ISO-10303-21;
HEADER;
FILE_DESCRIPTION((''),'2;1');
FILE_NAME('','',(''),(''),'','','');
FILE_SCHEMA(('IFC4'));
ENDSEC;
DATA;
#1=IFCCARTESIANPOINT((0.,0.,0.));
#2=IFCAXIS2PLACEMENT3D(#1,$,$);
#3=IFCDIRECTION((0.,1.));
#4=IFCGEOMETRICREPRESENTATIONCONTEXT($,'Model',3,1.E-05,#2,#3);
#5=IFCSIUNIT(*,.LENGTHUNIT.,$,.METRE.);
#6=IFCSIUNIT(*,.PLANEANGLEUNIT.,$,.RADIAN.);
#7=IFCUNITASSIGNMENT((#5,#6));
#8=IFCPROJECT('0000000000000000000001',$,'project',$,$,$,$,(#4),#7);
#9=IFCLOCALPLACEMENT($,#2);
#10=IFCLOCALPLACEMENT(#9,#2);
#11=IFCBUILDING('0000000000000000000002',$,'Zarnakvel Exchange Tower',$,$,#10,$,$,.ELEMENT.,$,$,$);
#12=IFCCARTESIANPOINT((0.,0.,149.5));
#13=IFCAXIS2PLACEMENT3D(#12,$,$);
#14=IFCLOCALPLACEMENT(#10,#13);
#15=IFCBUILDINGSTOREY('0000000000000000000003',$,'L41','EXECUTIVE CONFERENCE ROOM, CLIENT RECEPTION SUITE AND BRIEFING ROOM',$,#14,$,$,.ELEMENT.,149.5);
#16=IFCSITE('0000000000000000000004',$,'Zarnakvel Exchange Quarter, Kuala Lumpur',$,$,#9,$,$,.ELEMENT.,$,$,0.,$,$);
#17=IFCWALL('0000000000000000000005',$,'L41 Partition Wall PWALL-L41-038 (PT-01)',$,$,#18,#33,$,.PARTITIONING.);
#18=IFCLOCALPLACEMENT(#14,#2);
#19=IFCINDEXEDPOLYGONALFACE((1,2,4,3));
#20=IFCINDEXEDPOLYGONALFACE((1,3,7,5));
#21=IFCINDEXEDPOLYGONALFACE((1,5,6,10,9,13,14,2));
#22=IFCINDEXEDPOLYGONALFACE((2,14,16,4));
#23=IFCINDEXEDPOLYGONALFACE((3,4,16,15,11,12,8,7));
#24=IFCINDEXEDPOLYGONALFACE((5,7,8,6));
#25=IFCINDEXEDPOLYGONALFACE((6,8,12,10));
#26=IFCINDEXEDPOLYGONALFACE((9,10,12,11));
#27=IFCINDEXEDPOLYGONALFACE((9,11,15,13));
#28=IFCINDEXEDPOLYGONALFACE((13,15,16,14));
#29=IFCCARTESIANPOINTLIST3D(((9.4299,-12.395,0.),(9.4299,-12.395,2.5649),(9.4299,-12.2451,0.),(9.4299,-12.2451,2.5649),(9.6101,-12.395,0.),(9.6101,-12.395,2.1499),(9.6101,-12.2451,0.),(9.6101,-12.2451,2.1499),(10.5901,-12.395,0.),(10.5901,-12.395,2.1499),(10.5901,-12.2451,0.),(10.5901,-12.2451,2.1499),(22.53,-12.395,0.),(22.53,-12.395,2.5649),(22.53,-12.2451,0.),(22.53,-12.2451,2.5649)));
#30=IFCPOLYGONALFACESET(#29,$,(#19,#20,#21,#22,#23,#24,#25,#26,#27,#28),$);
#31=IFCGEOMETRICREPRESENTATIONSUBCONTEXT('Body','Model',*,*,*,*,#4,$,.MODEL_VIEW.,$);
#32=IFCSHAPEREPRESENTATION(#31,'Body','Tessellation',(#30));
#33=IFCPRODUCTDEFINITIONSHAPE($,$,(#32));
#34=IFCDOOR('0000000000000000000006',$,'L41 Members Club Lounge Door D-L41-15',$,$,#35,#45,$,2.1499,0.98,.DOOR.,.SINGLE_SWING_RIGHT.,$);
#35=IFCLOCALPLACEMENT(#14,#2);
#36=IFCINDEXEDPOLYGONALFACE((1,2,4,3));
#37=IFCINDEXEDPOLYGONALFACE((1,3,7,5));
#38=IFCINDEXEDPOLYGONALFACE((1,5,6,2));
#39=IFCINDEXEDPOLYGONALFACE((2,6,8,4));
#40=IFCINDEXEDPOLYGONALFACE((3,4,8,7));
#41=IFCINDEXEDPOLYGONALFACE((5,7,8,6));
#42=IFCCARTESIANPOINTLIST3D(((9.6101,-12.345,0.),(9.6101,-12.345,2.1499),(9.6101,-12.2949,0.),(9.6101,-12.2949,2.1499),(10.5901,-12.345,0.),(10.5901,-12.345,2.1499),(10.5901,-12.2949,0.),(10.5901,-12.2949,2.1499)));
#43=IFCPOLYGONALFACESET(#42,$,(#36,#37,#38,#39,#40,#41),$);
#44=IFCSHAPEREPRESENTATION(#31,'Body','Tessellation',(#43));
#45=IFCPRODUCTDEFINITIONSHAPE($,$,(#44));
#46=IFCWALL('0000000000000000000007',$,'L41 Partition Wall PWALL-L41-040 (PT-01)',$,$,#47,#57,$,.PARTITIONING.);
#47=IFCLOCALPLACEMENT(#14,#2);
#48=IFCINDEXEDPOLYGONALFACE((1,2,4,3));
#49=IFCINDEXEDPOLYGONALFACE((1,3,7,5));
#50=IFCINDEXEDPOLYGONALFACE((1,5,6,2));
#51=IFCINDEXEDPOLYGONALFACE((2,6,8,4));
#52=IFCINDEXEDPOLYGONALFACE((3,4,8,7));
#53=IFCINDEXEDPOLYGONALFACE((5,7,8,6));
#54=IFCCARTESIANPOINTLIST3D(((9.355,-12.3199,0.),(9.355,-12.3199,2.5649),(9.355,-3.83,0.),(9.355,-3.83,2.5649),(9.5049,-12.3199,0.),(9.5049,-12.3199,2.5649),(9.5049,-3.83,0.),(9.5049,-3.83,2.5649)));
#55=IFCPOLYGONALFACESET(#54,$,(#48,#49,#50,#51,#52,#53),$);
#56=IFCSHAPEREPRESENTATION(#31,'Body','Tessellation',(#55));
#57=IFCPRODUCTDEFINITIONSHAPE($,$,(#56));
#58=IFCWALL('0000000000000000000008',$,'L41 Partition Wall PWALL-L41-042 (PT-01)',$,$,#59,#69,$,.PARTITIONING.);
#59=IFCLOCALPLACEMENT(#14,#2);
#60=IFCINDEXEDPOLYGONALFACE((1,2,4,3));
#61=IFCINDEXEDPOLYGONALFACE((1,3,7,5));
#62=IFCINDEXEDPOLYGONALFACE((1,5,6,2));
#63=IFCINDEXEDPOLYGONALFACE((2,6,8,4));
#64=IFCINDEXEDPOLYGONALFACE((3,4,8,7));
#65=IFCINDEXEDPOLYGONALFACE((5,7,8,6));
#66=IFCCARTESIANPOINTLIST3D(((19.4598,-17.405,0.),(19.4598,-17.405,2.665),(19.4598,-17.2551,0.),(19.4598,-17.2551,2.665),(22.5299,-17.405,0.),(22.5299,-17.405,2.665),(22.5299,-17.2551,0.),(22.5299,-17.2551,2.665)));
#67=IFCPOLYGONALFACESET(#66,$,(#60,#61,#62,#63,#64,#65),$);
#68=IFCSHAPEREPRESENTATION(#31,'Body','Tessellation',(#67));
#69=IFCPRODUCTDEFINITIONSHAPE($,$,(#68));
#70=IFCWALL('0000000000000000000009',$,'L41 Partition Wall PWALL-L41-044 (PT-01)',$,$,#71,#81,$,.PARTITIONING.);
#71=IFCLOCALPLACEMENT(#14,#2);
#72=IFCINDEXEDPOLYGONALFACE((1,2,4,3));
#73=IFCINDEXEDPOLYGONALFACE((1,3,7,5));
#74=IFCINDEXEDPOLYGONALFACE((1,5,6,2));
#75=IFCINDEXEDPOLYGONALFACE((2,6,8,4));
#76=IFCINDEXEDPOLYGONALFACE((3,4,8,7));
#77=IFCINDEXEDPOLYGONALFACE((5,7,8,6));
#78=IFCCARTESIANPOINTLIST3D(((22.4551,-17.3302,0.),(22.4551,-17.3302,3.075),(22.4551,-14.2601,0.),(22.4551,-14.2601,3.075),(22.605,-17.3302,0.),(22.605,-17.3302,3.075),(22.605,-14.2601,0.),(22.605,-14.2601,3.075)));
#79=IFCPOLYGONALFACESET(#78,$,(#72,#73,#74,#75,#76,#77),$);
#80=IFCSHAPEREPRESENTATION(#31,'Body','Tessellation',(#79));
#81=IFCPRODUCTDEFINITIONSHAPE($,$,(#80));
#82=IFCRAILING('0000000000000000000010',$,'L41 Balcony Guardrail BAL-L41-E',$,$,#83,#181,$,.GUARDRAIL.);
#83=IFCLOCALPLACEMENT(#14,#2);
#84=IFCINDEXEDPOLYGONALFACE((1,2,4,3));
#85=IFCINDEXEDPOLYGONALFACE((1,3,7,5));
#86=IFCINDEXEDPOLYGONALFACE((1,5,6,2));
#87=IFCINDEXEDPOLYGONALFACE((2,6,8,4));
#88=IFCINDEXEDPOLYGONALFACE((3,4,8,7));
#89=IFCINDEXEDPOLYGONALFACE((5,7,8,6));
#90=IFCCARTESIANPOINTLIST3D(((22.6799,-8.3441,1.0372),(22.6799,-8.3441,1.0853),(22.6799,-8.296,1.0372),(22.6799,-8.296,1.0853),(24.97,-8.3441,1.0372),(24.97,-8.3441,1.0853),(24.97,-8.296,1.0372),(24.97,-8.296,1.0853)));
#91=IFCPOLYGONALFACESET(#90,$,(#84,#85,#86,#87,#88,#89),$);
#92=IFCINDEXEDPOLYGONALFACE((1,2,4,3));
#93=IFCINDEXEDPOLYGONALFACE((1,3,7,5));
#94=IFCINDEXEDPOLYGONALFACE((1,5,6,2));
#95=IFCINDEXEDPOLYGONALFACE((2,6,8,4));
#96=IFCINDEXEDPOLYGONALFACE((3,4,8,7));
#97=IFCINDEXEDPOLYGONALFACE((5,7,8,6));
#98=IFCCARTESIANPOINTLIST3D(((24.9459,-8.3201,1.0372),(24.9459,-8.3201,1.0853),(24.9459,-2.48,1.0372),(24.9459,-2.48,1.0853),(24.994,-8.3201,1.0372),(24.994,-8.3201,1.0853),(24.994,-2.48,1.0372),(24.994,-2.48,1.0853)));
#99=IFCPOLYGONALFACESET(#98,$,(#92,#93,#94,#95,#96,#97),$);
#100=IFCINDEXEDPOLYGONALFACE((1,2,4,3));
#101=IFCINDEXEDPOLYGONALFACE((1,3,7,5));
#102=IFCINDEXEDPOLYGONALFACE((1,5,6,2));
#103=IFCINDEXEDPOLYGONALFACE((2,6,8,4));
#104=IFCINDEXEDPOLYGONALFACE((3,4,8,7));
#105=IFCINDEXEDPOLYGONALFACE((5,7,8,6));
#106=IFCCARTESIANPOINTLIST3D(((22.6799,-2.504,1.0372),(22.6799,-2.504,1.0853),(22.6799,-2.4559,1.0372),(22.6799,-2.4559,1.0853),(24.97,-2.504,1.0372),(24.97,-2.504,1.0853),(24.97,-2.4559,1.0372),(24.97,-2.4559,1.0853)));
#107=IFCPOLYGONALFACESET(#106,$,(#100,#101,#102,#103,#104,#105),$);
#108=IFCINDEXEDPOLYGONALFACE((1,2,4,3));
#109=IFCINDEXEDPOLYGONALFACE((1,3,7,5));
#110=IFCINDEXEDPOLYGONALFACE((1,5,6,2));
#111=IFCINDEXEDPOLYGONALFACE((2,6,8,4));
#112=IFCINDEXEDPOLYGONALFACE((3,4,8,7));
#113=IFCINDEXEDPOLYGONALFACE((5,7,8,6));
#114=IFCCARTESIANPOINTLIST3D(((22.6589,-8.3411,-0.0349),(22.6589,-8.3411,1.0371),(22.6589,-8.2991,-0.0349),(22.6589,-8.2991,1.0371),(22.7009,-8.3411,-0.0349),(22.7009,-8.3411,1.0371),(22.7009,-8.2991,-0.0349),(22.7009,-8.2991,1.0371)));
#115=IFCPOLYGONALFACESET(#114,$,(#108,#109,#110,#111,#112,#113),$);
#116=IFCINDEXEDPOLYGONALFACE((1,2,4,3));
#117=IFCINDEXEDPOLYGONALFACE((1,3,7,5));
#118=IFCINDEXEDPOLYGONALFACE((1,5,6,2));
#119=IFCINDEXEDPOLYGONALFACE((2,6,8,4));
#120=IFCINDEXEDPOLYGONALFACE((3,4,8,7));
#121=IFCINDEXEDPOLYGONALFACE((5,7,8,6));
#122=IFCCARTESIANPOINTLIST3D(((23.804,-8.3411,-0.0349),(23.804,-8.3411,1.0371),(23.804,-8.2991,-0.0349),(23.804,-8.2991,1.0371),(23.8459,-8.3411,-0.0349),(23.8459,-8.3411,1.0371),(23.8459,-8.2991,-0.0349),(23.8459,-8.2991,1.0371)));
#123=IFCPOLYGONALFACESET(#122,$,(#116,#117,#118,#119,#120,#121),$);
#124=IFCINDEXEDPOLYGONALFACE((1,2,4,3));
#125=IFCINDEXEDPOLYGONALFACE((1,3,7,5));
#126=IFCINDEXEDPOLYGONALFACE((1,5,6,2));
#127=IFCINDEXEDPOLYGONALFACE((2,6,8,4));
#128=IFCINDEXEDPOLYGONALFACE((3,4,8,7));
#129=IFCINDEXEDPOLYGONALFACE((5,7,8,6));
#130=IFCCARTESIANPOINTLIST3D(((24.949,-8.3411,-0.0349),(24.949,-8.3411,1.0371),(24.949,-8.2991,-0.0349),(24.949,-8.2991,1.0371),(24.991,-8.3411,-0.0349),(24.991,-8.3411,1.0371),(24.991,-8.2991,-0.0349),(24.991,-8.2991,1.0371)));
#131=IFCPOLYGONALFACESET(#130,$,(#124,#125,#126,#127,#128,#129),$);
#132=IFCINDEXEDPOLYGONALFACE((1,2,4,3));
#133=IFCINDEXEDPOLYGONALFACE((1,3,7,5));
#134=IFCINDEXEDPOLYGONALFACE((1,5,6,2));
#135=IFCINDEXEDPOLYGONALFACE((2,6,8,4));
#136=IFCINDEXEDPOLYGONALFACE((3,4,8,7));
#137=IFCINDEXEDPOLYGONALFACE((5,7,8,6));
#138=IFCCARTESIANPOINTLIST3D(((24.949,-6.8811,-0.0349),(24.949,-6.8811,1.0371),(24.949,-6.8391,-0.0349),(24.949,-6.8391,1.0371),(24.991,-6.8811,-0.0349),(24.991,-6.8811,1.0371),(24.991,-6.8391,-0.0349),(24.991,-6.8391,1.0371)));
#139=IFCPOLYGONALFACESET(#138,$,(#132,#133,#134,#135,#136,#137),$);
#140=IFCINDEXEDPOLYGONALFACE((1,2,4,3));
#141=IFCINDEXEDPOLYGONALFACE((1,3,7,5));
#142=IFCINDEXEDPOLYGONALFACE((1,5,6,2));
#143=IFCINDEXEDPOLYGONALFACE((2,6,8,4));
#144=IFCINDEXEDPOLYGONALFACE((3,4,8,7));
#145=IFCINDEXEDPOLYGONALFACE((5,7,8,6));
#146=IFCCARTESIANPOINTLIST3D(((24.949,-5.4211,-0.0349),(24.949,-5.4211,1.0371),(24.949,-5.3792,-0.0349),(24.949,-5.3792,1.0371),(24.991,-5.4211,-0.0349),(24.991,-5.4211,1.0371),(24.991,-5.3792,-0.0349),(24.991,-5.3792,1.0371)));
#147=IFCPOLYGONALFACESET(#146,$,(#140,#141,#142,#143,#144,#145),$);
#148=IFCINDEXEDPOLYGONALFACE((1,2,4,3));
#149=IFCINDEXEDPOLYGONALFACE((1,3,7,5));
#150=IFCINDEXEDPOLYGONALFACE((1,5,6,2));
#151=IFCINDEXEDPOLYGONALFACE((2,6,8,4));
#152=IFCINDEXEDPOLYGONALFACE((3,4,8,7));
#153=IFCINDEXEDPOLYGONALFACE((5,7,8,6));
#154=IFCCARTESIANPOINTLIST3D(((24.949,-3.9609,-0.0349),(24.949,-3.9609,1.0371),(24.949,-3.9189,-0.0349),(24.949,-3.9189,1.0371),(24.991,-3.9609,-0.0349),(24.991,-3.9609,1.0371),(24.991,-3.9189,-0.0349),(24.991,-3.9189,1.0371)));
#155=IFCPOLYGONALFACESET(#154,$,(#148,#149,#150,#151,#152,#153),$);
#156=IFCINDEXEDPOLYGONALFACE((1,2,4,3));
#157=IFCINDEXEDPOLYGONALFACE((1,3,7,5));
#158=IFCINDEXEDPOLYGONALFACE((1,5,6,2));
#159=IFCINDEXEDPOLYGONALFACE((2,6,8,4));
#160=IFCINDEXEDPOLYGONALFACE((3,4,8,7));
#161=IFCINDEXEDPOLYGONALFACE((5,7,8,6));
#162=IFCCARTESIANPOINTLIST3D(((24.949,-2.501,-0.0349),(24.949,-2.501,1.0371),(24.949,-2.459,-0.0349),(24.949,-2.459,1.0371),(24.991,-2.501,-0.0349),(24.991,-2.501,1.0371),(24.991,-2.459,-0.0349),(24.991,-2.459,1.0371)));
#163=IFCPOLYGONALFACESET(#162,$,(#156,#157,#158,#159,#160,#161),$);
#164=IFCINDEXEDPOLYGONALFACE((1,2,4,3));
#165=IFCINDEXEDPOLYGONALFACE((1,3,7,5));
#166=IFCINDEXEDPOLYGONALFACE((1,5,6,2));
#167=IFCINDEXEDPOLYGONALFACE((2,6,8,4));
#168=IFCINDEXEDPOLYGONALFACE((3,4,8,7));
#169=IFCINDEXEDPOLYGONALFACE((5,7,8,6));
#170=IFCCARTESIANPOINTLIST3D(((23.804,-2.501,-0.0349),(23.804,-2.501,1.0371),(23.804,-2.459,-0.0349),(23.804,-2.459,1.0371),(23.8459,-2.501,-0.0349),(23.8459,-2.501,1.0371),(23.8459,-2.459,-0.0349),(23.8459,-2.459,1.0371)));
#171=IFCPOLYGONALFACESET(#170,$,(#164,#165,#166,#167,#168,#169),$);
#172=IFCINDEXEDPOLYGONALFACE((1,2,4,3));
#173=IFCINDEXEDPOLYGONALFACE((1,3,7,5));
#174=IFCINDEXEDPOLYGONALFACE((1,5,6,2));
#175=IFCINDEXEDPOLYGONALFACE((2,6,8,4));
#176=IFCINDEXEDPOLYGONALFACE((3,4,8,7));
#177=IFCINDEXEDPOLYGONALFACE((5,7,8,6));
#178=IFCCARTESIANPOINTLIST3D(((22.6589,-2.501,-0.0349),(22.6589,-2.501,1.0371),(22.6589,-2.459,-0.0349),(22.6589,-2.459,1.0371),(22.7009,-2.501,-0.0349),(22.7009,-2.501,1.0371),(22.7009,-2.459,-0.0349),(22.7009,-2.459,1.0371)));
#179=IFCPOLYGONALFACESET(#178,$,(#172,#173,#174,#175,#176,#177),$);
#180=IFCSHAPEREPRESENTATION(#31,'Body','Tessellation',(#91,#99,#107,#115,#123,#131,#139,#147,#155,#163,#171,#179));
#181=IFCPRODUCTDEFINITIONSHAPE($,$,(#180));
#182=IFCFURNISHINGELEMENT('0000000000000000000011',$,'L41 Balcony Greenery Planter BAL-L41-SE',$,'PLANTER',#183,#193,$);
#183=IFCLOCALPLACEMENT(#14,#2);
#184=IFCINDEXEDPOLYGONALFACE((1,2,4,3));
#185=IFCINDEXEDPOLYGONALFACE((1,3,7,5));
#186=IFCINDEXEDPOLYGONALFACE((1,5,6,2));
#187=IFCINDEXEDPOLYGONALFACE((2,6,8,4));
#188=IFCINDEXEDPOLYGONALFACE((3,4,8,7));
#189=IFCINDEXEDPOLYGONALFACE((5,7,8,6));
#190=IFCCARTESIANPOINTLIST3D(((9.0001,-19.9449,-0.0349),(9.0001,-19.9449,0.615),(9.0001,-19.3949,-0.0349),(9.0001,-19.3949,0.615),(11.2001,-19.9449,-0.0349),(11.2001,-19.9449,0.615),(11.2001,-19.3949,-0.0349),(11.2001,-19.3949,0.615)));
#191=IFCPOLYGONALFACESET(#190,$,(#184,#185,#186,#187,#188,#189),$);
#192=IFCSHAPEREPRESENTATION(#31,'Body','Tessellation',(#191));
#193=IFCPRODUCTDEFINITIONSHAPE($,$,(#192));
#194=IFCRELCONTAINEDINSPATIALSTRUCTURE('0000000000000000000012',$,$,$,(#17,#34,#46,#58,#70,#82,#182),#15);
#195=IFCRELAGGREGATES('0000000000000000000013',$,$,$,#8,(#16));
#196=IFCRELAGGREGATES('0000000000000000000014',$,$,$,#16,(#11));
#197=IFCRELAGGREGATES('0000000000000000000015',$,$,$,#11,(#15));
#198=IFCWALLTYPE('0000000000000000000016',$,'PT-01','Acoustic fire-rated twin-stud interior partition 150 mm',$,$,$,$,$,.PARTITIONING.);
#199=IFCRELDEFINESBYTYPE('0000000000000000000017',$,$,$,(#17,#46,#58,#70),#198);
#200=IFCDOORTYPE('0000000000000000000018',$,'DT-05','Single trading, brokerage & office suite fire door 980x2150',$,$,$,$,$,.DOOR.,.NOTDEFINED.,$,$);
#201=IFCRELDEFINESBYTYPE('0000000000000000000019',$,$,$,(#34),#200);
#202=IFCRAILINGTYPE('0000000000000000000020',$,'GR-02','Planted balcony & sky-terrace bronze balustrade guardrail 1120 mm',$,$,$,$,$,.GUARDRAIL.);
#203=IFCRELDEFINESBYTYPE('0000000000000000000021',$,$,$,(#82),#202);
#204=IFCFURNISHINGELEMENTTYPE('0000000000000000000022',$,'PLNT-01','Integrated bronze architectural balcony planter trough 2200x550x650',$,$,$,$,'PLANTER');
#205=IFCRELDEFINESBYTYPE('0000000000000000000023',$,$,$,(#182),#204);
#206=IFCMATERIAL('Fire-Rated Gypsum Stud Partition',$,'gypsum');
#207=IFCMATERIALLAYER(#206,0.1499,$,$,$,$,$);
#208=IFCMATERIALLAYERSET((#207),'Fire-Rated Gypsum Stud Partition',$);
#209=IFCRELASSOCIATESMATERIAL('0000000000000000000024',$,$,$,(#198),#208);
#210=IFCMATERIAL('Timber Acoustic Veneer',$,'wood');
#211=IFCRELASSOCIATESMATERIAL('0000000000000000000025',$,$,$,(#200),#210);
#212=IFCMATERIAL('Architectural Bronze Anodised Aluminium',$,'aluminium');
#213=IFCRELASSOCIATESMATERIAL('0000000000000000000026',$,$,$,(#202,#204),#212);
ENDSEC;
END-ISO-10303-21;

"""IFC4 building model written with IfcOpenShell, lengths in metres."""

from ifc_helpers import new_model, si_unit, direction, frame, frame_2d, origin, origin_2d, place, context, subcontext, project, spatial, rectangle, extrude, source, transform, mapped, material, layer, layer_set, type_object, element, fill, save


model = new_model("IFC4")

# Units and contexts
model_context = context("Model", 3, precision=1e-05, world=origin(), true_north=direction((0.0, 1.0)))
body_context = subcontext(model_context, "Body", "Model", "MODEL_VIEW")
ifc_project = project(units=[si_unit("LENGTHUNIT", "METRE"), si_unit("PLANEANGLEUNIT", "RADIAN")], contexts=[model_context])

# Site, building, storey
site_placement = place(None, origin())
site = spatial("IfcSite", under=ifc_project, at=site_placement, Name="Zarnakvel Exchange Quarter, Kuala Lumpur", CompositionType="ELEMENT", RefElevation=0.0)
building_placement = place(site_placement, origin())
building = spatial("IfcBuilding", under=site, at=building_placement, Name="Zarnakvel Exchange Tower", CompositionType="ELEMENT")
storey_placement = place(building_placement, frame((0.0, 0.0, 149.5)))
storey = spatial("IfcBuildingStorey", under=building, at=storey_placement, Name="L41", Description="EXECUTIVE CONFERENCE ROOM, CLIENT RECEPTION SUITE AND BRIEFING ROOM", CompositionType="ELEMENT", Elevation=149.5)

# Shared definitions
ifc_material_1 = material(Name="Architectural Bronze Anodised Aluminium", Category="aluminium")

# Wall, opening, door
ifc_material_2 = material(Name="Fire-Rated Gypsum Stud Partition", Category="gypsum")
ifc_layer_1 = layer(ifc_material_2, 0.1499)
ifc_layer_set_1 = layer_set([ifc_layer_1], Name="Fire-Rated Gypsum Stud Partition")
wall_type_1 = type_object("IfcWallType", Name="PT-01", Description="Acoustic fire-rated twin-stud interior partition 150 mm", PredefinedType="PARTITIONING", material=ifc_layer_set_1)
wall_1_placement = place(storey_placement, frame((22.53, -12.3201, 0.0), z_axis=(0.0, 0.0, 1.0), x_axis=(-1.0, 0.0, 0.0)))
wall_1 = element("IfcWall", 1, at=wall_1_placement, inside=storey, type_object=wall_type_1, Name="L41 Partition Wall PWALL-L41-038 (PT-01)", PredefinedType="PARTITIONING", context=body_context, shape_type="SweptSolid", body=[
    extrude(rectangle(XDim=13.1001, YDim=0.1499, at=frame_2d((6.55, 0.0))), origin(), (0.0, 0.0, 1.0), 2.5649),
])
opening_1_placement = place(wall_1_placement, frame((11.9399, 0.0, 0.0)))
opening_1 = element("IfcOpeningElement", 2, at=opening_1_placement, cuts=wall_1, PredefinedType="OPENING", context=body_context, shape_type="SweptSolid", body=[
    extrude(rectangle(XDim=0.98, YDim=2.1499, at=frame_2d((0.49, 1.075))), frame((0.0, 0.085, 0.0), z_axis=(0.0, -1.0, 0.0), x_axis=(1.0, 0.0, 0.0)), (0.0, 0.0, 1.0), 0.1699),
])
ifc_material_3 = material(Name="Timber Acoustic Veneer", Category="wood")
door_type_1 = type_object("IfcDoorType", Name="DT-05", Description="Single trading, brokerage & office suite fire door 980x2150", OperationType="NOTDEFINED", PredefinedType="DOOR", material=ifc_material_3)
shared_shape_1 = source(origin(), body_context, "Body", "SweptSolid", [
    extrude(rectangle(XDim=0.98, YDim=2.1499, at=frame_2d((0.49, 1.075))), frame((0.0, 0.0249, 0.0), z_axis=(0.0, -1.0, 0.0), x_axis=(1.0, 0.0, 0.0)), (0.0, 0.0, 1.0), 0.05),
])
door_1_placement = place(opening_1_placement, origin())
door_1 = element("IfcDoor", 3, at=door_1_placement, inside=storey, type_object=door_type_1, Name="L41 Members Club Lounge Door D-L41-15", OperationType="SINGLE_SWING_RIGHT", OverallHeight=2.1499, OverallWidth=0.98, PredefinedType="DOOR", context=body_context, shape_type="MappedRepresentation", body=[
    mapped(shared_shape_1, transform((0.0, 0.0, 0.0), x_axis=(1.0, 0.0, 0.0), y_axis=(0.0, 1.0, 0.0), z_axis=(0.0, 0.0, 1.0), scale=1.0)),
])
fill(opening_1, door_1)

# Walls
wall_2_placement = place(storey_placement, frame((9.4299, -12.3201, 0.0), z_axis=(0.0, 0.0, 1.0), x_axis=(0.0, 1.0, 0.0)))
element("IfcWall", 4, at=wall_2_placement, inside=storey, type_object=wall_type_1, Name="L41 Partition Wall PWALL-L41-040 (PT-01)", PredefinedType="PARTITIONING", context=body_context, shape_type="SweptSolid", body=[
    extrude(rectangle(XDim=8.49, YDim=0.1499, at=frame_2d((4.2451, 0.0))), origin(), (0.0, 0.0, 1.0), 2.5649),
])
wall_3_placement = place(storey_placement, frame((22.53, -17.3301, 0.0), z_axis=(0.0, 0.0, 1.0), x_axis=(-1.0, 0.0, 0.0)))
element("IfcWall", 5, at=wall_3_placement, inside=storey, type_object=wall_type_1, Name="L41 Partition Wall PWALL-L41-042 (PT-01)", PredefinedType="PARTITIONING", context=body_context, shape_type="SweptSolid", body=[
    extrude(rectangle(XDim=3.0701, YDim=0.1499, at=frame_2d((1.5352, 0.0))), origin(), (0.0, 0.0, 1.0), 2.665),
])
wall_4_placement = place(storey_placement, frame((22.53, -14.26, 0.0), z_axis=(0.0, 0.0, 1.0), x_axis=(0.0, -1.0, 0.0)))
element("IfcWall", 6, at=wall_4_placement, inside=storey, type_object=wall_type_1, Name="L41 Partition Wall PWALL-L41-044 (PT-01)", PredefinedType="PARTITIONING", context=body_context, shape_type="SweptSolid", body=[
    extrude(rectangle(XDim=3.0701, YDim=0.1499, at=frame_2d((1.5352, 0.0))), origin(), (0.0, 0.0, 1.0), 3.075),
])

# Railing
railing_type = type_object("IfcRailingType", Name="GR-02", Description="Planted balcony & sky-terrace bronze balustrade guardrail 1120 mm", PredefinedType="GUARDRAIL", material=ifc_material_1)
railing_placement = place(storey_placement, frame((22.6799, -8.3201, -0.0349)))
element("IfcRailing", 7, at=railing_placement, inside=storey, type_object=railing_type, Name="L41 Balcony Guardrail BAL-L41-E", PredefinedType="GUARDRAIL", context=body_context, shape_type="SweptSolid", body=[
    extrude(rectangle(XDim=0.0481, YDim=0.0481, at=origin_2d()), frame((0.0, 0.0, 1.0962), z_axis=(1.0, 0.0, 0.0), x_axis=(0.0, 1.0, 0.0)), (0.0, 0.0, 1.0), 2.29),
    extrude(rectangle(XDim=0.0481, YDim=0.0481, at=origin_2d()), frame((2.29, 0.0, 1.0962), z_axis=(0.0, 1.0, 0.0), x_axis=(-1.0, 0.0, 0.0)), (0.0, 0.0, 1.0), 5.8401),
    extrude(rectangle(XDim=0.0481, YDim=0.0481, at=origin_2d()), frame((2.29, 5.8401, 1.0962), z_axis=(-1.0, 0.0, 0.0), x_axis=(0.0, -1.0, 0.0)), (0.0, 0.0, 1.0), 2.29),
    extrude(rectangle(XDim=0.042, YDim=0.042, at=origin_2d()), origin(), (0.0, 0.0, 1.0), 1.072),
    extrude(rectangle(XDim=0.042, YDim=0.042, at=origin_2d()), frame((1.145, 0.0, 0.0)), (0.0, 0.0, 1.0), 1.072),
    extrude(rectangle(XDim=0.042, YDim=0.042, at=origin_2d()), frame((2.29, 0.0, 0.0)), (0.0, 0.0, 1.0), 1.072),
    extrude(rectangle(XDim=0.042, YDim=0.042, at=origin_2d()), frame((2.29, 1.46, 0.0)), (0.0, 0.0, 1.0), 1.072),
    extrude(rectangle(XDim=0.042, YDim=0.042, at=origin_2d()), frame((2.29, 2.9199, 0.0)), (0.0, 0.0, 1.0), 1.072),
    extrude(rectangle(XDim=0.042, YDim=0.042, at=origin_2d()), frame((2.29, 4.3801, 0.0)), (0.0, 0.0, 1.0), 1.072),
    extrude(rectangle(XDim=0.042, YDim=0.042, at=origin_2d()), frame((2.29, 5.8401, 0.0)), (0.0, 0.0, 1.0), 1.072),
    extrude(rectangle(XDim=0.042, YDim=0.042, at=origin_2d()), frame((1.145, 5.8401, 0.0)), (0.0, 0.0, 1.0), 1.072),
    extrude(rectangle(XDim=0.042, YDim=0.042, at=origin_2d()), frame((0.0, 5.8401, 0.0)), (0.0, 0.0, 1.0), 1.072),
])

# Furnishing element
furnishing_element_type = type_object("IfcFurnishingElementType", Name="PLNT-01", Description="Integrated bronze architectural balcony planter trough 2200x550x650", ElementType="PLANTER", material=ifc_material_1)
shared_shape_2 = source(origin(), body_context, "Body", "SweptSolid", [
    extrude(rectangle(XDim=2.2, YDim=0.55, at=origin_2d()), origin(), (0.0, 0.0, 1.0), 0.6499),
])
furnishing_placement = place(storey_placement, frame((10.1001, -19.6699, -0.0349), z_axis=(0.0, 0.0, 1.0), x_axis=(1.0, 0.0, 0.0)))
element("IfcFurnishingElement", 8, at=furnishing_placement, inside=storey, type_object=furnishing_element_type, Name="L41 Balcony Greenery Planter BAL-L41-SE", ObjectType="PLANTER", context=body_context, shape_type="MappedRepresentation", body=[
    mapped(shared_shape_2, transform((0.0, 0.0, 0.0), x_axis=(1.0, 0.0, 0.0), y_axis=(0.0, 1.0, 0.0), z_axis=(0.0, 0.0, 1.0), scale=1.0)),
])

save(model, "model.ifc")
